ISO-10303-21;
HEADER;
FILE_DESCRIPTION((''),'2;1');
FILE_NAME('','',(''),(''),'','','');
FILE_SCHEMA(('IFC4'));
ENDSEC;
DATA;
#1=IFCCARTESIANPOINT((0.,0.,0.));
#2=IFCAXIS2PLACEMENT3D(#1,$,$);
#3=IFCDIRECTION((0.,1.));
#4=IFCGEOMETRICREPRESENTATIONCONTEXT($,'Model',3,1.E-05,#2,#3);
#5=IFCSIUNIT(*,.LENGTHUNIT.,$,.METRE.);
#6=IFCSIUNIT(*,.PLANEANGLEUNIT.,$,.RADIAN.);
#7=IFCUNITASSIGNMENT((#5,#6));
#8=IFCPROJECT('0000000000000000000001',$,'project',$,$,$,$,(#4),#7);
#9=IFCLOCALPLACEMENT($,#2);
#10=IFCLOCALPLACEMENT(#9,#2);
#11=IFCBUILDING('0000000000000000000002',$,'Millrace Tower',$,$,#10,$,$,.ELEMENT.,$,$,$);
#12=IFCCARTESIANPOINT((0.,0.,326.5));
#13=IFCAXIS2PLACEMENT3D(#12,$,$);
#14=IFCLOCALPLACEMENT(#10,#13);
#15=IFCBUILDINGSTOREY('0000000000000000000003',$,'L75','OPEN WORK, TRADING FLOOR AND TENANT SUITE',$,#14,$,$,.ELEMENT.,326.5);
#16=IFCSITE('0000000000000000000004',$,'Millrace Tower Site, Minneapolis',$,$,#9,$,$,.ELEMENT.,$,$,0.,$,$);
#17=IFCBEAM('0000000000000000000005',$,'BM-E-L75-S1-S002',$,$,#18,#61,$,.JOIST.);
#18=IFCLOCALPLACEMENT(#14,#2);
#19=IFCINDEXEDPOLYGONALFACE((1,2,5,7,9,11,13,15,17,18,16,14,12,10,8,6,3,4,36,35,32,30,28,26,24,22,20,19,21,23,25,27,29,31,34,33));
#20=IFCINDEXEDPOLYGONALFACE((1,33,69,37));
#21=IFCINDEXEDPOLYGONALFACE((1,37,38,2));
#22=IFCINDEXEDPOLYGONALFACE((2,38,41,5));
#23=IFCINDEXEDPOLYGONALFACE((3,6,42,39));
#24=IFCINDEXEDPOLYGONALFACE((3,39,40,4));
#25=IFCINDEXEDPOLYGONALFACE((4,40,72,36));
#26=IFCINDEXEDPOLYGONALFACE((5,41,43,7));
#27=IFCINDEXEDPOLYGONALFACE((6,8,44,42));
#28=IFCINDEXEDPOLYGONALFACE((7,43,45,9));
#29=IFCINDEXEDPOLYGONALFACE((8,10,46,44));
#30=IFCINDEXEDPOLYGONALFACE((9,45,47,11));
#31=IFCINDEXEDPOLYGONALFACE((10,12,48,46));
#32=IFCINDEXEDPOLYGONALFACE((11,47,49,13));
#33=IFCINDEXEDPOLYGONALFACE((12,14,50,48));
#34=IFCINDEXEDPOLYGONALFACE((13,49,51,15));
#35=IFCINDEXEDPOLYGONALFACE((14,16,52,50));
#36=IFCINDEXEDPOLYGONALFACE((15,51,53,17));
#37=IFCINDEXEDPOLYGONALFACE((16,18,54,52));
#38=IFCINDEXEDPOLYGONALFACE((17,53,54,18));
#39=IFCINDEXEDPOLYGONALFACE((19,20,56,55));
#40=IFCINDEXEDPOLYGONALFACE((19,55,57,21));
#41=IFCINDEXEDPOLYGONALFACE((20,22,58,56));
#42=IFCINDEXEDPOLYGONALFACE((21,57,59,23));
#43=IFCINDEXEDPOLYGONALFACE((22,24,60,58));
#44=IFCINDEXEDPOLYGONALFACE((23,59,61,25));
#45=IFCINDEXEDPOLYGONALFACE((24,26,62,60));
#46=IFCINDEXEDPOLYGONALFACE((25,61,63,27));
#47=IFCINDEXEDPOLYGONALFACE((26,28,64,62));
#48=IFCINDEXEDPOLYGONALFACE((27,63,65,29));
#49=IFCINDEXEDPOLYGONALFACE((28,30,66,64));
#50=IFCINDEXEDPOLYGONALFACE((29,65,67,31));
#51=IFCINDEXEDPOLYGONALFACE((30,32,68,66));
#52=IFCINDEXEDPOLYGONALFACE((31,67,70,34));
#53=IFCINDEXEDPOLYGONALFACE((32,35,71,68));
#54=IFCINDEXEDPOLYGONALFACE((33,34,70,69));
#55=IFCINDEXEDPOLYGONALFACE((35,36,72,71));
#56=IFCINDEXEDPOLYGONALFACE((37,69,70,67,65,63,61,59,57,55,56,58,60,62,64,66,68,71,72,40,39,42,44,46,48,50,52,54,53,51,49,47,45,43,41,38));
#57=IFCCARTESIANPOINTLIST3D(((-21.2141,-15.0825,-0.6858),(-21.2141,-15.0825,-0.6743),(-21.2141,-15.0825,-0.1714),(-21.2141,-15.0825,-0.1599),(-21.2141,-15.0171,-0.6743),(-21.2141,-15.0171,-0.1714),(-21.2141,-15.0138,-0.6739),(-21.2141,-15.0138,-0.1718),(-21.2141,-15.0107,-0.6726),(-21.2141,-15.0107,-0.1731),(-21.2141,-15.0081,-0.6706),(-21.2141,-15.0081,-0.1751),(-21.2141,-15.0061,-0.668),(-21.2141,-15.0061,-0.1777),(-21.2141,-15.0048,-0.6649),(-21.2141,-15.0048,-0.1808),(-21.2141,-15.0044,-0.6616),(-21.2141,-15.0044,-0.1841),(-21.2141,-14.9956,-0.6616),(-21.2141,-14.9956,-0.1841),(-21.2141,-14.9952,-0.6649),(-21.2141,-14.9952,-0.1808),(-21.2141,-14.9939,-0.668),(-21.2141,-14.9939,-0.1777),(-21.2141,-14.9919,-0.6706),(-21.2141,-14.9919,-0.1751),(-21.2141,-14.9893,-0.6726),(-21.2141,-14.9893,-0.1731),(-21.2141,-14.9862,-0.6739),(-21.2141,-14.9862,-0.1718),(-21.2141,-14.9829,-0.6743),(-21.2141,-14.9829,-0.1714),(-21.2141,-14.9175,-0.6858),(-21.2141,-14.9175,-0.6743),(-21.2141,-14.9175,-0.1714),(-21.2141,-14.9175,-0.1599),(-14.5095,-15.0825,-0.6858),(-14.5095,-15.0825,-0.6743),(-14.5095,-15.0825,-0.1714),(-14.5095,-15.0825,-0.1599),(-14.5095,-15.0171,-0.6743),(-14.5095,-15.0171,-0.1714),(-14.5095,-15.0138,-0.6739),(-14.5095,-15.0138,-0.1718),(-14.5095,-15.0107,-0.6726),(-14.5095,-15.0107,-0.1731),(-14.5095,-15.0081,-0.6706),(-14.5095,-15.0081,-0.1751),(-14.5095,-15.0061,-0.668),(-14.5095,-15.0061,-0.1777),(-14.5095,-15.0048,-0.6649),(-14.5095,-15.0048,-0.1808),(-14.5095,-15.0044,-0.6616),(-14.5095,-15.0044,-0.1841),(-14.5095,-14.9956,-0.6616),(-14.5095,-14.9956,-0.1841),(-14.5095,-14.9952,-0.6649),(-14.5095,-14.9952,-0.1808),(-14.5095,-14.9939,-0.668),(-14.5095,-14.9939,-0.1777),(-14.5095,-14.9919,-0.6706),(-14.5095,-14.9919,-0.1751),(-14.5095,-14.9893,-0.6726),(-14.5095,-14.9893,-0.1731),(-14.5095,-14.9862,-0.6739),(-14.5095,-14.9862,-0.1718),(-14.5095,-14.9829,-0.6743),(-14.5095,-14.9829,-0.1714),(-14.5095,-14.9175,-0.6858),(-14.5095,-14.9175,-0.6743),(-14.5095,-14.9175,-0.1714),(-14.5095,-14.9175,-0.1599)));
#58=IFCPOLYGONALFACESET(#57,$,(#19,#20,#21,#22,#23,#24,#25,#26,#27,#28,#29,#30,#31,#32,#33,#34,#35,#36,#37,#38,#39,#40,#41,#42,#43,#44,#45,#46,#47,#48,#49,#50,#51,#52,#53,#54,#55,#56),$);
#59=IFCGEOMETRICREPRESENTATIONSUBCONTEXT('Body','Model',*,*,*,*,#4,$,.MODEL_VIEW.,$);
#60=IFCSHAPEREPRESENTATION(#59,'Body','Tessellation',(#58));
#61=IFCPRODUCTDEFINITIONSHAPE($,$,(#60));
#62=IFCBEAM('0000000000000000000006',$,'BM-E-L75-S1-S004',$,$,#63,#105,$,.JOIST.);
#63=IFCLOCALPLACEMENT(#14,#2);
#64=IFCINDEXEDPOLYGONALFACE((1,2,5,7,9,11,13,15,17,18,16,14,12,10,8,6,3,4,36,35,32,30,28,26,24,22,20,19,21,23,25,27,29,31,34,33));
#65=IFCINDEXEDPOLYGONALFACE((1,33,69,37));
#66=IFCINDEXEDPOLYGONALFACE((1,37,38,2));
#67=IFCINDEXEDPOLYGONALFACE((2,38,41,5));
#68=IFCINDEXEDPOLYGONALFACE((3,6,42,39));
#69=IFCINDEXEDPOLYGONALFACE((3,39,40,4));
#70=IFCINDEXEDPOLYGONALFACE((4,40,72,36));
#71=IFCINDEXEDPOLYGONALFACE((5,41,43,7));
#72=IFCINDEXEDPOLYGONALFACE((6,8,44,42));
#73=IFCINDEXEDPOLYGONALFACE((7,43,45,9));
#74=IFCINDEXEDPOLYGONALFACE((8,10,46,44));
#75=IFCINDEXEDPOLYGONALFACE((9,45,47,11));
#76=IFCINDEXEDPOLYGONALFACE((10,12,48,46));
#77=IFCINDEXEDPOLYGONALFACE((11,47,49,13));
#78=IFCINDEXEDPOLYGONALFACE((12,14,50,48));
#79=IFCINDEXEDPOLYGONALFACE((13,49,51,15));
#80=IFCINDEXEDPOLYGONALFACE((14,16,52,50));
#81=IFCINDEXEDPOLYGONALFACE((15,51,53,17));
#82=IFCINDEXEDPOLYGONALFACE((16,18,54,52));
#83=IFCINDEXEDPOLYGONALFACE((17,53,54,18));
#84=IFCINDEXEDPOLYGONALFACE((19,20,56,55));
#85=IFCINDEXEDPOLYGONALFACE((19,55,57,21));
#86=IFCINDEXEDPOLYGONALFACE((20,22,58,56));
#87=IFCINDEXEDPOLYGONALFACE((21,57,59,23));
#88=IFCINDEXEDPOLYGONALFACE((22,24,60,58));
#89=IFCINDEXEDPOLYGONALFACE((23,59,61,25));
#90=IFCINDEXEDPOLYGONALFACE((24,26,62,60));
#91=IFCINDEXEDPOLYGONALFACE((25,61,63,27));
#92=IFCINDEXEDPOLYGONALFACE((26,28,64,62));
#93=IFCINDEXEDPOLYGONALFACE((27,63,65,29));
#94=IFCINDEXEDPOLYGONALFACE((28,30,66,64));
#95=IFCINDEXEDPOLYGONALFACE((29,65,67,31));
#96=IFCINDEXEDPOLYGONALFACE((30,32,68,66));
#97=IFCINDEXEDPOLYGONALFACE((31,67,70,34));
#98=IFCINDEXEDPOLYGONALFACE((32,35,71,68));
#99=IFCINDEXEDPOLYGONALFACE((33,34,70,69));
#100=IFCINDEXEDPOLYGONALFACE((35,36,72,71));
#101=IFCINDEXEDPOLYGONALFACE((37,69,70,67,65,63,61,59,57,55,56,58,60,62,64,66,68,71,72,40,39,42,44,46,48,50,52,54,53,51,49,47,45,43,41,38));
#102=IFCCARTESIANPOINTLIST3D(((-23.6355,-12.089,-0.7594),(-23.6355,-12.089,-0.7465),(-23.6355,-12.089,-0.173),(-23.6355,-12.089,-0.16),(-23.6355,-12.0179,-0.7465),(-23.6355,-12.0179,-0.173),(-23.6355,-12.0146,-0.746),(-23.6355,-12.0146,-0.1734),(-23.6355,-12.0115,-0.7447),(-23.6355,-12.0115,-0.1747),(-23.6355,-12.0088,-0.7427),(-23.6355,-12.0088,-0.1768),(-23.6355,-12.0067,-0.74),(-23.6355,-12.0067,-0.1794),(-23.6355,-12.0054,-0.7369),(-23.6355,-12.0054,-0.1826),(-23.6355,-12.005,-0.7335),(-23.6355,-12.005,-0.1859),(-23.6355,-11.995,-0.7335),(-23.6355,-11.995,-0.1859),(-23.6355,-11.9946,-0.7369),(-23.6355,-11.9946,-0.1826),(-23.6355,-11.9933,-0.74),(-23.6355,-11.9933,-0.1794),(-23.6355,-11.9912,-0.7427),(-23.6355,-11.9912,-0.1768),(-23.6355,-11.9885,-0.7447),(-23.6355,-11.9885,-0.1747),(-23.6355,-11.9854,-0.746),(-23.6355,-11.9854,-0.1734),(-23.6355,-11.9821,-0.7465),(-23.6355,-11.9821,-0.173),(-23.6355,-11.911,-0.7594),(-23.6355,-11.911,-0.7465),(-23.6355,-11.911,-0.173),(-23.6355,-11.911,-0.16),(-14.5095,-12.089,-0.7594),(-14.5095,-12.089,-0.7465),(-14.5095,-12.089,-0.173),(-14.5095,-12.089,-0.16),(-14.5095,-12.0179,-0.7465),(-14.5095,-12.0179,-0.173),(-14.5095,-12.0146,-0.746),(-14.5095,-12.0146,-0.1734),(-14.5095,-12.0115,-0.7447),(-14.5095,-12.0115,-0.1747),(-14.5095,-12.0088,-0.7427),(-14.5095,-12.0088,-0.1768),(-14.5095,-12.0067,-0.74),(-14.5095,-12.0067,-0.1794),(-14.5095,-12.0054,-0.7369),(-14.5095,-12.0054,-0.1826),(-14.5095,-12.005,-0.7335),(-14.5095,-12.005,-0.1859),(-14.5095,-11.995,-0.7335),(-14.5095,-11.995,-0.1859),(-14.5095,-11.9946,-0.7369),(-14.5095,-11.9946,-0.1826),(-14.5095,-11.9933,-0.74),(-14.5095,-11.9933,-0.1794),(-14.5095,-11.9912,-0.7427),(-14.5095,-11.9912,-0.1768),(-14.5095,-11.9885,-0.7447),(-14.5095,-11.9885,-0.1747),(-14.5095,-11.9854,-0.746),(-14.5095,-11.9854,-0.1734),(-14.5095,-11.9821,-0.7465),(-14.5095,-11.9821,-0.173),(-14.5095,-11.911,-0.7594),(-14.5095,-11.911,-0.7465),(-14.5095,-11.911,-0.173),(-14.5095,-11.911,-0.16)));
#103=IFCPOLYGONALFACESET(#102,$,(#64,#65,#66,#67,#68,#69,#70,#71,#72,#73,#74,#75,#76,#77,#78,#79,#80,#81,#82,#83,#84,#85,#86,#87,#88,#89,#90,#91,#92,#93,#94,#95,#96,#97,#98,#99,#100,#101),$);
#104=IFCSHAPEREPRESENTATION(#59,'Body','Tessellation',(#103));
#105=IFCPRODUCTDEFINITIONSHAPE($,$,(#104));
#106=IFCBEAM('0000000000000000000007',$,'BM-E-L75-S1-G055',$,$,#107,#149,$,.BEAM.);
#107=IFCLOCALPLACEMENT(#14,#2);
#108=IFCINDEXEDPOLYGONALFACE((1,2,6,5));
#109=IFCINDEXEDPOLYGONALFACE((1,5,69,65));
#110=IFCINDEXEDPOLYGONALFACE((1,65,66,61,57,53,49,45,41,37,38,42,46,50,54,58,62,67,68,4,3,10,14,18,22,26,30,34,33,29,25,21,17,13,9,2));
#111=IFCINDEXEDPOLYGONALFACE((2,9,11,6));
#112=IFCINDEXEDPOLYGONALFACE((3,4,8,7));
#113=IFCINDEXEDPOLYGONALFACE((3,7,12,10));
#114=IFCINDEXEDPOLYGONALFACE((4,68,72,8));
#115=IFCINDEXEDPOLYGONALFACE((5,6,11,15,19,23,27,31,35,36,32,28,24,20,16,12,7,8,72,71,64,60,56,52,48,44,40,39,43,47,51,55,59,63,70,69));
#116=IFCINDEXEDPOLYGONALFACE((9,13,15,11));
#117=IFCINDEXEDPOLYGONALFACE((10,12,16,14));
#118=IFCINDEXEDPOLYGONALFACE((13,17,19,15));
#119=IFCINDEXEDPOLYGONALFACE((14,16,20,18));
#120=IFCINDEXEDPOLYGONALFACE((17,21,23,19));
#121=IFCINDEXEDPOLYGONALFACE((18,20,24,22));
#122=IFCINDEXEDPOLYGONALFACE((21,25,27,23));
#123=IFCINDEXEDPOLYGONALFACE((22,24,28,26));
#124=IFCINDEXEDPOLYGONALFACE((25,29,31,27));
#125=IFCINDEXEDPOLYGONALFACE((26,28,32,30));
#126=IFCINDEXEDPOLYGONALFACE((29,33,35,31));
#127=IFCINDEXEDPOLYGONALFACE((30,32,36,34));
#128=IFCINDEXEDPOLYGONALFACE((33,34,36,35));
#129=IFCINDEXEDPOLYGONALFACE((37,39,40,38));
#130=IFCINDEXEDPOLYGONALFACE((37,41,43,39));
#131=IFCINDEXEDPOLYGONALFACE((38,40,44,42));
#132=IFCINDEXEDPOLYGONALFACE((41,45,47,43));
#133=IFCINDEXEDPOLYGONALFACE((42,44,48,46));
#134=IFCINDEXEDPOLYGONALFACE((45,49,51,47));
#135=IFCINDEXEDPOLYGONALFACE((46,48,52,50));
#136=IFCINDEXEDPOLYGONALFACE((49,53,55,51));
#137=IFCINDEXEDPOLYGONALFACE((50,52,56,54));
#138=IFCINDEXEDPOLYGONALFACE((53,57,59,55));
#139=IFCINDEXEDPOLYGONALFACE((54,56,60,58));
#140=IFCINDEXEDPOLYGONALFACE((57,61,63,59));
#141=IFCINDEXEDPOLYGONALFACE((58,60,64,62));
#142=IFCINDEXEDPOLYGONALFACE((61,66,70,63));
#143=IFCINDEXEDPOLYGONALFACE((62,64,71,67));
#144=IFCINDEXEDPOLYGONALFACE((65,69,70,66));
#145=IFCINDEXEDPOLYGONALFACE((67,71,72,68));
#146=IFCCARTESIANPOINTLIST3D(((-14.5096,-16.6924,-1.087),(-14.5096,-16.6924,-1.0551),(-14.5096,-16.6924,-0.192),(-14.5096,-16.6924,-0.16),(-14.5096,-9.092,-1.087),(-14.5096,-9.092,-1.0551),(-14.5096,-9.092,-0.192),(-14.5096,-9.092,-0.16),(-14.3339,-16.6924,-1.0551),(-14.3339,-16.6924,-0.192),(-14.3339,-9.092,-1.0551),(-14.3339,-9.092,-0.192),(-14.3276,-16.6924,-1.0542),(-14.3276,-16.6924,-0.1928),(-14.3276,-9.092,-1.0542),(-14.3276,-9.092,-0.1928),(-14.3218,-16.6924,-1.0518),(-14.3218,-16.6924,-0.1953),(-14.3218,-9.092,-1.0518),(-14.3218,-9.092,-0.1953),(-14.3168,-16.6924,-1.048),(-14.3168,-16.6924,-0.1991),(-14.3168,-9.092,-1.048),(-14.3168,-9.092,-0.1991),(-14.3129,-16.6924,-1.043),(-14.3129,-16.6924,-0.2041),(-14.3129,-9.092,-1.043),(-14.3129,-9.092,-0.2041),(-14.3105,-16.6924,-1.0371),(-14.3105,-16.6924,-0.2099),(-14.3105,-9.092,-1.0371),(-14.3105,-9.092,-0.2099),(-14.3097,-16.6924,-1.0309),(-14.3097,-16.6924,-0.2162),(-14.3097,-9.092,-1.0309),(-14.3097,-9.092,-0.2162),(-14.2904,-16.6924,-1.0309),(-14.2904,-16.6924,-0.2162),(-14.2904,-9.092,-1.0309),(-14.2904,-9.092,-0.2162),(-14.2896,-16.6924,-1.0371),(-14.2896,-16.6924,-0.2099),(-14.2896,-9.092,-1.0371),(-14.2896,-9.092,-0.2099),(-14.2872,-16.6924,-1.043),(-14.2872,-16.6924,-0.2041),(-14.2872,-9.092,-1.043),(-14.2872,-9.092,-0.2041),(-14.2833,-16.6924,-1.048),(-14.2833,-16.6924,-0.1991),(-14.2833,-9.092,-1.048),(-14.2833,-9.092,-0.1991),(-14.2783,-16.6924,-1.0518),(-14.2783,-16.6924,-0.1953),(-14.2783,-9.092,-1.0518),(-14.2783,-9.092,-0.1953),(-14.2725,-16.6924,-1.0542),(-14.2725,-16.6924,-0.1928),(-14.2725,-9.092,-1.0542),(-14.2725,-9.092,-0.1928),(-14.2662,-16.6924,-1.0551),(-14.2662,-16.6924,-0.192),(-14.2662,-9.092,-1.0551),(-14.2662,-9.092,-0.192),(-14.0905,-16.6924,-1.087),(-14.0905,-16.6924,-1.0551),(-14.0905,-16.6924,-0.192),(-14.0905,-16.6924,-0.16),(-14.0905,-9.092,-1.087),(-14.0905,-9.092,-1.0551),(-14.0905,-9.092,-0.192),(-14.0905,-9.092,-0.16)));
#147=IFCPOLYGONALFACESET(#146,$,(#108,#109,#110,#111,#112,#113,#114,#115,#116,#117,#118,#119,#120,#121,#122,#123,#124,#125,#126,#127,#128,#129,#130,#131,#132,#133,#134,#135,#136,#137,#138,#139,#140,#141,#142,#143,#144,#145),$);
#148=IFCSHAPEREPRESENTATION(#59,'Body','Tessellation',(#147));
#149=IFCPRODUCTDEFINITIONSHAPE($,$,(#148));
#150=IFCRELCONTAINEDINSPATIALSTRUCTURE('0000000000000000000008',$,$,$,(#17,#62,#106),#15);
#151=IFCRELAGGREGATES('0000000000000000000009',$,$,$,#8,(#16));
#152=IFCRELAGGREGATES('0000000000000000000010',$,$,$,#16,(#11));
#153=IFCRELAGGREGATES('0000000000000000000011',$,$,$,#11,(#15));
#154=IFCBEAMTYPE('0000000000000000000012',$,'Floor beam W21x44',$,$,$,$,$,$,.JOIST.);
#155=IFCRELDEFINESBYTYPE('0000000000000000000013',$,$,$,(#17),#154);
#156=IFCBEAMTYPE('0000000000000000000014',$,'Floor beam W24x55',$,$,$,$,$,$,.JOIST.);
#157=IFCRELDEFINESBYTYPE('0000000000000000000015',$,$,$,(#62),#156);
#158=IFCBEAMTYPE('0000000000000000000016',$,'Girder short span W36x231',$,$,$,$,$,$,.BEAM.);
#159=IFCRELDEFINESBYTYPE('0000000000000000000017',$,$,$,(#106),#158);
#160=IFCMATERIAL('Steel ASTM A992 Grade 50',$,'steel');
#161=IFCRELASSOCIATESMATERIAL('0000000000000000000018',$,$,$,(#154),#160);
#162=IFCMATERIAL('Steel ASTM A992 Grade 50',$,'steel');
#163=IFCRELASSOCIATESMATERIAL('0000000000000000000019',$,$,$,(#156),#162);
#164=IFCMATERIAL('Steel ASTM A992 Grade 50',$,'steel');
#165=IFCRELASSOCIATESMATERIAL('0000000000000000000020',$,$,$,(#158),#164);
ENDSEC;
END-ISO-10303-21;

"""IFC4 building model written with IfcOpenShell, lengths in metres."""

from ifc_helpers import new_model, si_unit, direction, frame, origin, origin_2d, place, context, subcontext, project, spatial, i_section, extrude, material, material_profile, profile_set, type_object, element, save


model = new_model("IFC4")

# Units and contexts
model_context = context("Model", 3, precision=1e-05, world=origin(), true_north=direction((0.0, 1.0)))
body_context = subcontext(model_context, "Body", "Model", "MODEL_VIEW")
ifc_project = project(units=[si_unit("LENGTHUNIT", "METRE"), si_unit("PLANEANGLEUNIT", "RADIAN")], contexts=[model_context])

# Site, building, storey
site_placement = place(None, origin())
site = spatial("IfcSite", under=ifc_project, at=site_placement, Name="Millrace Tower Site, Minneapolis", CompositionType="ELEMENT", RefElevation=0.0)
building_placement = place(site_placement, origin())
building = spatial("IfcBuilding", under=site, at=building_placement, Name="Millrace Tower", CompositionType="ELEMENT")
storey_placement = place(building_placement, frame((0.0, 0.0, 326.5)))
storey = spatial("IfcBuildingStorey", under=building, at=storey_placement, Name="L75", Description="OPEN WORK, TRADING FLOOR AND TENANT SUITE", CompositionType="ELEMENT", Elevation=326.5)

# Beams
ifc_material_1 = material(Name="Steel ASTM A992 Grade 50", Category="steel")
ifc_material_profile_1 = material_profile(ifc_material_1, i_section(OverallWidth=0.165, OverallDepth=0.5259, WebThickness=0.0088, FlangeThickness=0.0115, FilletRadius=0.0127, at=origin_2d()))
ifc_profile_set_1 = profile_set([ifc_material_profile_1], Name="Steel ASTM A992 Grade 50")
beam_type_1 = type_object("IfcBeamType", Name="Floor beam W21x44", PredefinedType="JOIST", material=ifc_profile_set_1)
beam_1_placement = place(storey_placement, frame((-21.2141, -15.0, -0.4229), z_axis=(1.0, 0.0, 0.0), x_axis=(0.0, 1.0, 0.0)))
element("IfcBeam", 1, at=beam_1_placement, inside=storey, type_object=beam_type_1, Name="BM-E-L75-S1-S002", PredefinedType="JOIST", context=body_context, shape_type="SweptSolid", body=[
    extrude(i_section(OverallWidth=0.165, OverallDepth=0.5259, WebThickness=0.0088, FlangeThickness=0.0115, FilletRadius=0.0127, at=origin_2d()), origin(), (0.0, 0.0, 1.0), 6.7046),
])
ifc_material_2 = material(Name="Steel ASTM A992 Grade 50", Category="steel")
ifc_material_profile_2 = material_profile(ifc_material_2, i_section(OverallWidth=0.178, OverallDepth=0.5994, WebThickness=0.01, FlangeThickness=0.0129, FilletRadius=0.0129, at=origin_2d()))
ifc_profile_set_2 = profile_set([ifc_material_profile_2], Name="Steel ASTM A992 Grade 50")
beam_type_2 = type_object("IfcBeamType", Name="Floor beam W24x55", PredefinedType="JOIST", material=ifc_profile_set_2)
beam_2_placement = place(storey_placement, frame((-23.6355, -12.0, -0.4597), z_axis=(1.0, 0.0, 0.0), x_axis=(0.0, 1.0, 0.0)))
element("IfcBeam", 2, at=beam_2_placement, inside=storey, type_object=beam_type_2, Name="BM-E-L75-S1-S004", PredefinedType="JOIST", context=body_context, shape_type="SweptSolid", body=[
    extrude(i_section(OverallWidth=0.178, OverallDepth=0.5994, WebThickness=0.01, FlangeThickness=0.0129, FilletRadius=0.0129, at=origin_2d()), origin(), (0.0, 0.0, 1.0), 9.126),
])
ifc_material_3 = material(Name="Steel ASTM A992 Grade 50", Category="steel")
ifc_material_profile_3 = material_profile(ifc_material_3, i_section(OverallWidth=0.4192, OverallDepth=0.927, WebThickness=0.0193, FlangeThickness=0.032, FilletRadius=0.0242, at=origin_2d()))
ifc_profile_set_3 = profile_set([ifc_material_profile_3], Name="Steel ASTM A992 Grade 50")
beam_type_3 = type_object("IfcBeamType", Name="Girder short span W36x231", PredefinedType="BEAM", material=ifc_profile_set_3)
beam_3_placement = place(storey_placement, frame((-14.3, -16.6924, -0.6235), z_axis=(0.0, 1.0, 0.0), x_axis=(-1.0, 0.0, 0.0)))
element("IfcBeam", 3, at=beam_3_placement, inside=storey, type_object=beam_type_3, Name="BM-E-L75-S1-G055", PredefinedType="BEAM", context=body_context, shape_type="SweptSolid", body=[
    extrude(i_section(OverallWidth=0.4192, OverallDepth=0.927, WebThickness=0.0193, FlangeThickness=0.032, FilletRadius=0.0242, at=origin_2d()), origin(), (0.0, 0.0, 1.0), 7.6003),
])

save(model, "model.ifc")
